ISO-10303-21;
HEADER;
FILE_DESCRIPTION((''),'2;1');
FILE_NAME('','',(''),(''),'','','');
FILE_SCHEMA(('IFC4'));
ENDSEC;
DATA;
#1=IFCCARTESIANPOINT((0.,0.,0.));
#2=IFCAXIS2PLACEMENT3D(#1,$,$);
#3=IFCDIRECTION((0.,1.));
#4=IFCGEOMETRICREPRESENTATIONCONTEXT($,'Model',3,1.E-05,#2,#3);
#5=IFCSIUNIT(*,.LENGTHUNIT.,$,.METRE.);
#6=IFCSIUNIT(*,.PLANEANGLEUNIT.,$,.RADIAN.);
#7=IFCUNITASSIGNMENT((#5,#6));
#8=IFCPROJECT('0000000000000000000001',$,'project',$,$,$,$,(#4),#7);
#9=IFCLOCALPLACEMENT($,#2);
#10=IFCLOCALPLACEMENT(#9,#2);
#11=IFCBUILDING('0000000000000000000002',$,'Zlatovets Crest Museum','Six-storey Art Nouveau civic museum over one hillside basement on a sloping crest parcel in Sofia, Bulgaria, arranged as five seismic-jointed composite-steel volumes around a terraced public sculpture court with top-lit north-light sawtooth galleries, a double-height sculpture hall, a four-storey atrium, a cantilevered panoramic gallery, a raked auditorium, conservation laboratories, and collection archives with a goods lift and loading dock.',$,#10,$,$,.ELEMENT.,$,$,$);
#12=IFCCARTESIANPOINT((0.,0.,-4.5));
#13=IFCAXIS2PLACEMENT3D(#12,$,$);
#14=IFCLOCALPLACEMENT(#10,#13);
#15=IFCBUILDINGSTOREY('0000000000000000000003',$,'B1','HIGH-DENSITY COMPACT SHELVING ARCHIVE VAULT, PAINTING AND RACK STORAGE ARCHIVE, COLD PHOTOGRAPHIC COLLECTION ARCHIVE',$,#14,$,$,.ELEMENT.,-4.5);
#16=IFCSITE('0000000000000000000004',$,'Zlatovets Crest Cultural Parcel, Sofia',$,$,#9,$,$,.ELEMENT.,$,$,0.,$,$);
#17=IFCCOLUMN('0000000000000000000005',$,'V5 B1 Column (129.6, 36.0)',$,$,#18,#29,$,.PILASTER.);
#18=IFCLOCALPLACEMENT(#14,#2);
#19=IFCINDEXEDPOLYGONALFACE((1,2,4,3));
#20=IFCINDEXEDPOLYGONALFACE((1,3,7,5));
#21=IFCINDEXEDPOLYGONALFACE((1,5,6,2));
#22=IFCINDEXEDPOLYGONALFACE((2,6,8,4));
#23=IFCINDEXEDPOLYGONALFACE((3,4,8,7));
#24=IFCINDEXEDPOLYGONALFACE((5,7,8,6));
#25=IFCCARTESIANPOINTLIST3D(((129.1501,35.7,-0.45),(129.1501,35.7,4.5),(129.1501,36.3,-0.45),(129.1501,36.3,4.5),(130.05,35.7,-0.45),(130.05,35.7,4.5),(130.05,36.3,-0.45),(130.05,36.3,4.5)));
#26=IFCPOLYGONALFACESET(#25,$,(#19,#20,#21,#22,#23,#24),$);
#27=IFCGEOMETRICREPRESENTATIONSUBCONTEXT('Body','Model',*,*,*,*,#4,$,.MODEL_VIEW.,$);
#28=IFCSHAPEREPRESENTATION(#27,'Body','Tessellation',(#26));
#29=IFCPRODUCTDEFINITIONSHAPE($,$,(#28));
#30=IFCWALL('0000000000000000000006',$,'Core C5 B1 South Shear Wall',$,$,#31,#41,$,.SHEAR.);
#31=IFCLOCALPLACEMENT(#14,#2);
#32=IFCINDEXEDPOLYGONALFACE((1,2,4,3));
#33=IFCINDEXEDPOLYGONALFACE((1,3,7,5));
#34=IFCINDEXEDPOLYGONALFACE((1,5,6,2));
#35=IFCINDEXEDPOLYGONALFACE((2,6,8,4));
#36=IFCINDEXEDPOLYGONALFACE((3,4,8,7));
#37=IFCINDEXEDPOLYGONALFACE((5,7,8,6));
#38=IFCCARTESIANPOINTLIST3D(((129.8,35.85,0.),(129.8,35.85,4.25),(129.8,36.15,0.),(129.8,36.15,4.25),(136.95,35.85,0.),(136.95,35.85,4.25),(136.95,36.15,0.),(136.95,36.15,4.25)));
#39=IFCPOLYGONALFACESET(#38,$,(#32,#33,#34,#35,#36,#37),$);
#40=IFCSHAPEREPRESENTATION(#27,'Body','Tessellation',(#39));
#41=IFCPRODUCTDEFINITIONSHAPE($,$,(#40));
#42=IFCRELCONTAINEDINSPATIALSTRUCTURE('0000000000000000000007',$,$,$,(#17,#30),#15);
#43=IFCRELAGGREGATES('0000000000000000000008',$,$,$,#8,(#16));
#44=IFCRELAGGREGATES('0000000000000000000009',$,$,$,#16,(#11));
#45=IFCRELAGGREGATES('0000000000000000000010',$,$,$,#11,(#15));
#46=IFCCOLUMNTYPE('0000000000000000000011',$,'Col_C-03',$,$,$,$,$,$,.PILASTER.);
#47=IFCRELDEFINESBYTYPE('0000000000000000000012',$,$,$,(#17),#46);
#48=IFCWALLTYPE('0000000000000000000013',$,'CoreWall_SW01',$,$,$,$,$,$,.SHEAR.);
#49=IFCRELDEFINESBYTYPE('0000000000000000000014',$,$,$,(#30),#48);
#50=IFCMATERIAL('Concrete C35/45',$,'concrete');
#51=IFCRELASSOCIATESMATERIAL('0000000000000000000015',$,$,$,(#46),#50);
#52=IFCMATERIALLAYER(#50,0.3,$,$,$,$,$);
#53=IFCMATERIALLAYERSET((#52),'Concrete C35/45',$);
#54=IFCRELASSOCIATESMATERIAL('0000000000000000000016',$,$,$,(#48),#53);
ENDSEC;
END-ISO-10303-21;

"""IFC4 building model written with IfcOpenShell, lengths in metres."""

from ifc_helpers import new_model, si_unit, direction, frame, frame_2d, origin, origin_2d, place, context, subcontext, project, spatial, rectangle, extrude, material, layer, layer_set, material_profile, profile_set, type_object, element, save


model = new_model("IFC4")

# Units and contexts
model_context = context("Model", 3, precision=1e-05, world=origin(), true_north=direction((0.0, 1.0)))
body_context = subcontext(model_context, "Body", "Model", "MODEL_VIEW")
ifc_project = project(units=[si_unit("LENGTHUNIT", "METRE"), si_unit("PLANEANGLEUNIT", "RADIAN")], contexts=[model_context])

# Site, building, storey
site_placement = place(None, origin())
site = spatial("IfcSite", under=ifc_project, at=site_placement, Name="Zlatovets Crest Cultural Parcel, Sofia", CompositionType="ELEMENT", RefElevation=0.0)
building_placement = place(site_placement, origin())
building = spatial("IfcBuilding", under=site, at=building_placement, Name="Zlatovets Crest Museum", Description="Six-storey Art Nouveau civic museum over one hillside basement on a sloping crest parcel in Sofia, Bulgaria, arranged as five seismic-jointed composite-steel volumes around a terraced public sculpture court with top-lit north-light sawtooth galleries, a double-height sculpture hall, a four-storey atrium, a cantilevered panoramic gallery, a raked auditorium, conservation laboratories, and collection archives with a goods lift and loading dock.", CompositionType="ELEMENT")
storey_placement = place(building_placement, frame((0.0, 0.0, -4.5)))
storey = spatial("IfcBuildingStorey", under=building, at=storey_placement, Name="B1", Description="HIGH-DENSITY COMPACT SHELVING ARCHIVE VAULT, PAINTING AND RACK STORAGE ARCHIVE, COLD PHOTOGRAPHIC COLLECTION ARCHIVE", CompositionType="ELEMENT", Elevation=-4.5)

# Shared definitions
ifc_material = material(Name="Concrete C35/45", Category="concrete")

# Column
ifc_material_profile_1 = material_profile(ifc_material, rectangle(XDim=0.6001, YDim=0.8999, at=origin_2d()), Name="RC 600x900")
ifc_profile_set_1 = profile_set([ifc_material_profile_1], Name="Concrete C35/45")
column_type_1 = type_object("IfcColumnType", Name="Col_C-03", PredefinedType="PILASTER", material=ifc_profile_set_1)
for number, where, z_axis, x_axis, name in (
    (1, (129.6001, 36.0, -0.45), (0.0, 0.0, 1.0), (0.0, 1.0, 0.0), "V5 B1 Column (129.6, 36.0)"),
):
    element("IfcColumn", number, at=place(storey_placement, frame(where, z_axis=z_axis, x_axis=x_axis)), inside=storey, type_object=column_type_1, Name=name, PredefinedType="PILASTER", context=body_context, shape_type="SweptSolid", body=[
        extrude(rectangle(XDim=0.6001, YDim=0.8999, at=origin_2d()), origin(), (0.0, 0.0, 1.0), 4.95),
    ])

# Wall
ifc_layer = layer(ifc_material, 0.3)
ifc_layer_set = layer_set([ifc_layer], Name="Concrete C35/45")
wall_type = type_object("IfcWallType", Name="CoreWall_SW01", PredefinedType="SHEAR", material=ifc_layer_set)
wall_placement = place(storey_placement, frame((129.8, 36.0, 0.0), z_axis=(0.0, 0.0, 1.0), x_axis=(1.0, 0.0, 0.0)))
element("IfcWall", 2, at=wall_placement, inside=storey, type_object=wall_type, Name="Core C5 B1 South Shear Wall", PredefinedType="SHEAR", context=body_context, shape_type="SweptSolid", body=[
    extrude(rectangle(XDim=7.1499, YDim=0.3, at=frame_2d((3.575, 0.0))), origin(), (0.0, 0.0, 1.0), 4.25),
])

save(model, "model.ifc")
